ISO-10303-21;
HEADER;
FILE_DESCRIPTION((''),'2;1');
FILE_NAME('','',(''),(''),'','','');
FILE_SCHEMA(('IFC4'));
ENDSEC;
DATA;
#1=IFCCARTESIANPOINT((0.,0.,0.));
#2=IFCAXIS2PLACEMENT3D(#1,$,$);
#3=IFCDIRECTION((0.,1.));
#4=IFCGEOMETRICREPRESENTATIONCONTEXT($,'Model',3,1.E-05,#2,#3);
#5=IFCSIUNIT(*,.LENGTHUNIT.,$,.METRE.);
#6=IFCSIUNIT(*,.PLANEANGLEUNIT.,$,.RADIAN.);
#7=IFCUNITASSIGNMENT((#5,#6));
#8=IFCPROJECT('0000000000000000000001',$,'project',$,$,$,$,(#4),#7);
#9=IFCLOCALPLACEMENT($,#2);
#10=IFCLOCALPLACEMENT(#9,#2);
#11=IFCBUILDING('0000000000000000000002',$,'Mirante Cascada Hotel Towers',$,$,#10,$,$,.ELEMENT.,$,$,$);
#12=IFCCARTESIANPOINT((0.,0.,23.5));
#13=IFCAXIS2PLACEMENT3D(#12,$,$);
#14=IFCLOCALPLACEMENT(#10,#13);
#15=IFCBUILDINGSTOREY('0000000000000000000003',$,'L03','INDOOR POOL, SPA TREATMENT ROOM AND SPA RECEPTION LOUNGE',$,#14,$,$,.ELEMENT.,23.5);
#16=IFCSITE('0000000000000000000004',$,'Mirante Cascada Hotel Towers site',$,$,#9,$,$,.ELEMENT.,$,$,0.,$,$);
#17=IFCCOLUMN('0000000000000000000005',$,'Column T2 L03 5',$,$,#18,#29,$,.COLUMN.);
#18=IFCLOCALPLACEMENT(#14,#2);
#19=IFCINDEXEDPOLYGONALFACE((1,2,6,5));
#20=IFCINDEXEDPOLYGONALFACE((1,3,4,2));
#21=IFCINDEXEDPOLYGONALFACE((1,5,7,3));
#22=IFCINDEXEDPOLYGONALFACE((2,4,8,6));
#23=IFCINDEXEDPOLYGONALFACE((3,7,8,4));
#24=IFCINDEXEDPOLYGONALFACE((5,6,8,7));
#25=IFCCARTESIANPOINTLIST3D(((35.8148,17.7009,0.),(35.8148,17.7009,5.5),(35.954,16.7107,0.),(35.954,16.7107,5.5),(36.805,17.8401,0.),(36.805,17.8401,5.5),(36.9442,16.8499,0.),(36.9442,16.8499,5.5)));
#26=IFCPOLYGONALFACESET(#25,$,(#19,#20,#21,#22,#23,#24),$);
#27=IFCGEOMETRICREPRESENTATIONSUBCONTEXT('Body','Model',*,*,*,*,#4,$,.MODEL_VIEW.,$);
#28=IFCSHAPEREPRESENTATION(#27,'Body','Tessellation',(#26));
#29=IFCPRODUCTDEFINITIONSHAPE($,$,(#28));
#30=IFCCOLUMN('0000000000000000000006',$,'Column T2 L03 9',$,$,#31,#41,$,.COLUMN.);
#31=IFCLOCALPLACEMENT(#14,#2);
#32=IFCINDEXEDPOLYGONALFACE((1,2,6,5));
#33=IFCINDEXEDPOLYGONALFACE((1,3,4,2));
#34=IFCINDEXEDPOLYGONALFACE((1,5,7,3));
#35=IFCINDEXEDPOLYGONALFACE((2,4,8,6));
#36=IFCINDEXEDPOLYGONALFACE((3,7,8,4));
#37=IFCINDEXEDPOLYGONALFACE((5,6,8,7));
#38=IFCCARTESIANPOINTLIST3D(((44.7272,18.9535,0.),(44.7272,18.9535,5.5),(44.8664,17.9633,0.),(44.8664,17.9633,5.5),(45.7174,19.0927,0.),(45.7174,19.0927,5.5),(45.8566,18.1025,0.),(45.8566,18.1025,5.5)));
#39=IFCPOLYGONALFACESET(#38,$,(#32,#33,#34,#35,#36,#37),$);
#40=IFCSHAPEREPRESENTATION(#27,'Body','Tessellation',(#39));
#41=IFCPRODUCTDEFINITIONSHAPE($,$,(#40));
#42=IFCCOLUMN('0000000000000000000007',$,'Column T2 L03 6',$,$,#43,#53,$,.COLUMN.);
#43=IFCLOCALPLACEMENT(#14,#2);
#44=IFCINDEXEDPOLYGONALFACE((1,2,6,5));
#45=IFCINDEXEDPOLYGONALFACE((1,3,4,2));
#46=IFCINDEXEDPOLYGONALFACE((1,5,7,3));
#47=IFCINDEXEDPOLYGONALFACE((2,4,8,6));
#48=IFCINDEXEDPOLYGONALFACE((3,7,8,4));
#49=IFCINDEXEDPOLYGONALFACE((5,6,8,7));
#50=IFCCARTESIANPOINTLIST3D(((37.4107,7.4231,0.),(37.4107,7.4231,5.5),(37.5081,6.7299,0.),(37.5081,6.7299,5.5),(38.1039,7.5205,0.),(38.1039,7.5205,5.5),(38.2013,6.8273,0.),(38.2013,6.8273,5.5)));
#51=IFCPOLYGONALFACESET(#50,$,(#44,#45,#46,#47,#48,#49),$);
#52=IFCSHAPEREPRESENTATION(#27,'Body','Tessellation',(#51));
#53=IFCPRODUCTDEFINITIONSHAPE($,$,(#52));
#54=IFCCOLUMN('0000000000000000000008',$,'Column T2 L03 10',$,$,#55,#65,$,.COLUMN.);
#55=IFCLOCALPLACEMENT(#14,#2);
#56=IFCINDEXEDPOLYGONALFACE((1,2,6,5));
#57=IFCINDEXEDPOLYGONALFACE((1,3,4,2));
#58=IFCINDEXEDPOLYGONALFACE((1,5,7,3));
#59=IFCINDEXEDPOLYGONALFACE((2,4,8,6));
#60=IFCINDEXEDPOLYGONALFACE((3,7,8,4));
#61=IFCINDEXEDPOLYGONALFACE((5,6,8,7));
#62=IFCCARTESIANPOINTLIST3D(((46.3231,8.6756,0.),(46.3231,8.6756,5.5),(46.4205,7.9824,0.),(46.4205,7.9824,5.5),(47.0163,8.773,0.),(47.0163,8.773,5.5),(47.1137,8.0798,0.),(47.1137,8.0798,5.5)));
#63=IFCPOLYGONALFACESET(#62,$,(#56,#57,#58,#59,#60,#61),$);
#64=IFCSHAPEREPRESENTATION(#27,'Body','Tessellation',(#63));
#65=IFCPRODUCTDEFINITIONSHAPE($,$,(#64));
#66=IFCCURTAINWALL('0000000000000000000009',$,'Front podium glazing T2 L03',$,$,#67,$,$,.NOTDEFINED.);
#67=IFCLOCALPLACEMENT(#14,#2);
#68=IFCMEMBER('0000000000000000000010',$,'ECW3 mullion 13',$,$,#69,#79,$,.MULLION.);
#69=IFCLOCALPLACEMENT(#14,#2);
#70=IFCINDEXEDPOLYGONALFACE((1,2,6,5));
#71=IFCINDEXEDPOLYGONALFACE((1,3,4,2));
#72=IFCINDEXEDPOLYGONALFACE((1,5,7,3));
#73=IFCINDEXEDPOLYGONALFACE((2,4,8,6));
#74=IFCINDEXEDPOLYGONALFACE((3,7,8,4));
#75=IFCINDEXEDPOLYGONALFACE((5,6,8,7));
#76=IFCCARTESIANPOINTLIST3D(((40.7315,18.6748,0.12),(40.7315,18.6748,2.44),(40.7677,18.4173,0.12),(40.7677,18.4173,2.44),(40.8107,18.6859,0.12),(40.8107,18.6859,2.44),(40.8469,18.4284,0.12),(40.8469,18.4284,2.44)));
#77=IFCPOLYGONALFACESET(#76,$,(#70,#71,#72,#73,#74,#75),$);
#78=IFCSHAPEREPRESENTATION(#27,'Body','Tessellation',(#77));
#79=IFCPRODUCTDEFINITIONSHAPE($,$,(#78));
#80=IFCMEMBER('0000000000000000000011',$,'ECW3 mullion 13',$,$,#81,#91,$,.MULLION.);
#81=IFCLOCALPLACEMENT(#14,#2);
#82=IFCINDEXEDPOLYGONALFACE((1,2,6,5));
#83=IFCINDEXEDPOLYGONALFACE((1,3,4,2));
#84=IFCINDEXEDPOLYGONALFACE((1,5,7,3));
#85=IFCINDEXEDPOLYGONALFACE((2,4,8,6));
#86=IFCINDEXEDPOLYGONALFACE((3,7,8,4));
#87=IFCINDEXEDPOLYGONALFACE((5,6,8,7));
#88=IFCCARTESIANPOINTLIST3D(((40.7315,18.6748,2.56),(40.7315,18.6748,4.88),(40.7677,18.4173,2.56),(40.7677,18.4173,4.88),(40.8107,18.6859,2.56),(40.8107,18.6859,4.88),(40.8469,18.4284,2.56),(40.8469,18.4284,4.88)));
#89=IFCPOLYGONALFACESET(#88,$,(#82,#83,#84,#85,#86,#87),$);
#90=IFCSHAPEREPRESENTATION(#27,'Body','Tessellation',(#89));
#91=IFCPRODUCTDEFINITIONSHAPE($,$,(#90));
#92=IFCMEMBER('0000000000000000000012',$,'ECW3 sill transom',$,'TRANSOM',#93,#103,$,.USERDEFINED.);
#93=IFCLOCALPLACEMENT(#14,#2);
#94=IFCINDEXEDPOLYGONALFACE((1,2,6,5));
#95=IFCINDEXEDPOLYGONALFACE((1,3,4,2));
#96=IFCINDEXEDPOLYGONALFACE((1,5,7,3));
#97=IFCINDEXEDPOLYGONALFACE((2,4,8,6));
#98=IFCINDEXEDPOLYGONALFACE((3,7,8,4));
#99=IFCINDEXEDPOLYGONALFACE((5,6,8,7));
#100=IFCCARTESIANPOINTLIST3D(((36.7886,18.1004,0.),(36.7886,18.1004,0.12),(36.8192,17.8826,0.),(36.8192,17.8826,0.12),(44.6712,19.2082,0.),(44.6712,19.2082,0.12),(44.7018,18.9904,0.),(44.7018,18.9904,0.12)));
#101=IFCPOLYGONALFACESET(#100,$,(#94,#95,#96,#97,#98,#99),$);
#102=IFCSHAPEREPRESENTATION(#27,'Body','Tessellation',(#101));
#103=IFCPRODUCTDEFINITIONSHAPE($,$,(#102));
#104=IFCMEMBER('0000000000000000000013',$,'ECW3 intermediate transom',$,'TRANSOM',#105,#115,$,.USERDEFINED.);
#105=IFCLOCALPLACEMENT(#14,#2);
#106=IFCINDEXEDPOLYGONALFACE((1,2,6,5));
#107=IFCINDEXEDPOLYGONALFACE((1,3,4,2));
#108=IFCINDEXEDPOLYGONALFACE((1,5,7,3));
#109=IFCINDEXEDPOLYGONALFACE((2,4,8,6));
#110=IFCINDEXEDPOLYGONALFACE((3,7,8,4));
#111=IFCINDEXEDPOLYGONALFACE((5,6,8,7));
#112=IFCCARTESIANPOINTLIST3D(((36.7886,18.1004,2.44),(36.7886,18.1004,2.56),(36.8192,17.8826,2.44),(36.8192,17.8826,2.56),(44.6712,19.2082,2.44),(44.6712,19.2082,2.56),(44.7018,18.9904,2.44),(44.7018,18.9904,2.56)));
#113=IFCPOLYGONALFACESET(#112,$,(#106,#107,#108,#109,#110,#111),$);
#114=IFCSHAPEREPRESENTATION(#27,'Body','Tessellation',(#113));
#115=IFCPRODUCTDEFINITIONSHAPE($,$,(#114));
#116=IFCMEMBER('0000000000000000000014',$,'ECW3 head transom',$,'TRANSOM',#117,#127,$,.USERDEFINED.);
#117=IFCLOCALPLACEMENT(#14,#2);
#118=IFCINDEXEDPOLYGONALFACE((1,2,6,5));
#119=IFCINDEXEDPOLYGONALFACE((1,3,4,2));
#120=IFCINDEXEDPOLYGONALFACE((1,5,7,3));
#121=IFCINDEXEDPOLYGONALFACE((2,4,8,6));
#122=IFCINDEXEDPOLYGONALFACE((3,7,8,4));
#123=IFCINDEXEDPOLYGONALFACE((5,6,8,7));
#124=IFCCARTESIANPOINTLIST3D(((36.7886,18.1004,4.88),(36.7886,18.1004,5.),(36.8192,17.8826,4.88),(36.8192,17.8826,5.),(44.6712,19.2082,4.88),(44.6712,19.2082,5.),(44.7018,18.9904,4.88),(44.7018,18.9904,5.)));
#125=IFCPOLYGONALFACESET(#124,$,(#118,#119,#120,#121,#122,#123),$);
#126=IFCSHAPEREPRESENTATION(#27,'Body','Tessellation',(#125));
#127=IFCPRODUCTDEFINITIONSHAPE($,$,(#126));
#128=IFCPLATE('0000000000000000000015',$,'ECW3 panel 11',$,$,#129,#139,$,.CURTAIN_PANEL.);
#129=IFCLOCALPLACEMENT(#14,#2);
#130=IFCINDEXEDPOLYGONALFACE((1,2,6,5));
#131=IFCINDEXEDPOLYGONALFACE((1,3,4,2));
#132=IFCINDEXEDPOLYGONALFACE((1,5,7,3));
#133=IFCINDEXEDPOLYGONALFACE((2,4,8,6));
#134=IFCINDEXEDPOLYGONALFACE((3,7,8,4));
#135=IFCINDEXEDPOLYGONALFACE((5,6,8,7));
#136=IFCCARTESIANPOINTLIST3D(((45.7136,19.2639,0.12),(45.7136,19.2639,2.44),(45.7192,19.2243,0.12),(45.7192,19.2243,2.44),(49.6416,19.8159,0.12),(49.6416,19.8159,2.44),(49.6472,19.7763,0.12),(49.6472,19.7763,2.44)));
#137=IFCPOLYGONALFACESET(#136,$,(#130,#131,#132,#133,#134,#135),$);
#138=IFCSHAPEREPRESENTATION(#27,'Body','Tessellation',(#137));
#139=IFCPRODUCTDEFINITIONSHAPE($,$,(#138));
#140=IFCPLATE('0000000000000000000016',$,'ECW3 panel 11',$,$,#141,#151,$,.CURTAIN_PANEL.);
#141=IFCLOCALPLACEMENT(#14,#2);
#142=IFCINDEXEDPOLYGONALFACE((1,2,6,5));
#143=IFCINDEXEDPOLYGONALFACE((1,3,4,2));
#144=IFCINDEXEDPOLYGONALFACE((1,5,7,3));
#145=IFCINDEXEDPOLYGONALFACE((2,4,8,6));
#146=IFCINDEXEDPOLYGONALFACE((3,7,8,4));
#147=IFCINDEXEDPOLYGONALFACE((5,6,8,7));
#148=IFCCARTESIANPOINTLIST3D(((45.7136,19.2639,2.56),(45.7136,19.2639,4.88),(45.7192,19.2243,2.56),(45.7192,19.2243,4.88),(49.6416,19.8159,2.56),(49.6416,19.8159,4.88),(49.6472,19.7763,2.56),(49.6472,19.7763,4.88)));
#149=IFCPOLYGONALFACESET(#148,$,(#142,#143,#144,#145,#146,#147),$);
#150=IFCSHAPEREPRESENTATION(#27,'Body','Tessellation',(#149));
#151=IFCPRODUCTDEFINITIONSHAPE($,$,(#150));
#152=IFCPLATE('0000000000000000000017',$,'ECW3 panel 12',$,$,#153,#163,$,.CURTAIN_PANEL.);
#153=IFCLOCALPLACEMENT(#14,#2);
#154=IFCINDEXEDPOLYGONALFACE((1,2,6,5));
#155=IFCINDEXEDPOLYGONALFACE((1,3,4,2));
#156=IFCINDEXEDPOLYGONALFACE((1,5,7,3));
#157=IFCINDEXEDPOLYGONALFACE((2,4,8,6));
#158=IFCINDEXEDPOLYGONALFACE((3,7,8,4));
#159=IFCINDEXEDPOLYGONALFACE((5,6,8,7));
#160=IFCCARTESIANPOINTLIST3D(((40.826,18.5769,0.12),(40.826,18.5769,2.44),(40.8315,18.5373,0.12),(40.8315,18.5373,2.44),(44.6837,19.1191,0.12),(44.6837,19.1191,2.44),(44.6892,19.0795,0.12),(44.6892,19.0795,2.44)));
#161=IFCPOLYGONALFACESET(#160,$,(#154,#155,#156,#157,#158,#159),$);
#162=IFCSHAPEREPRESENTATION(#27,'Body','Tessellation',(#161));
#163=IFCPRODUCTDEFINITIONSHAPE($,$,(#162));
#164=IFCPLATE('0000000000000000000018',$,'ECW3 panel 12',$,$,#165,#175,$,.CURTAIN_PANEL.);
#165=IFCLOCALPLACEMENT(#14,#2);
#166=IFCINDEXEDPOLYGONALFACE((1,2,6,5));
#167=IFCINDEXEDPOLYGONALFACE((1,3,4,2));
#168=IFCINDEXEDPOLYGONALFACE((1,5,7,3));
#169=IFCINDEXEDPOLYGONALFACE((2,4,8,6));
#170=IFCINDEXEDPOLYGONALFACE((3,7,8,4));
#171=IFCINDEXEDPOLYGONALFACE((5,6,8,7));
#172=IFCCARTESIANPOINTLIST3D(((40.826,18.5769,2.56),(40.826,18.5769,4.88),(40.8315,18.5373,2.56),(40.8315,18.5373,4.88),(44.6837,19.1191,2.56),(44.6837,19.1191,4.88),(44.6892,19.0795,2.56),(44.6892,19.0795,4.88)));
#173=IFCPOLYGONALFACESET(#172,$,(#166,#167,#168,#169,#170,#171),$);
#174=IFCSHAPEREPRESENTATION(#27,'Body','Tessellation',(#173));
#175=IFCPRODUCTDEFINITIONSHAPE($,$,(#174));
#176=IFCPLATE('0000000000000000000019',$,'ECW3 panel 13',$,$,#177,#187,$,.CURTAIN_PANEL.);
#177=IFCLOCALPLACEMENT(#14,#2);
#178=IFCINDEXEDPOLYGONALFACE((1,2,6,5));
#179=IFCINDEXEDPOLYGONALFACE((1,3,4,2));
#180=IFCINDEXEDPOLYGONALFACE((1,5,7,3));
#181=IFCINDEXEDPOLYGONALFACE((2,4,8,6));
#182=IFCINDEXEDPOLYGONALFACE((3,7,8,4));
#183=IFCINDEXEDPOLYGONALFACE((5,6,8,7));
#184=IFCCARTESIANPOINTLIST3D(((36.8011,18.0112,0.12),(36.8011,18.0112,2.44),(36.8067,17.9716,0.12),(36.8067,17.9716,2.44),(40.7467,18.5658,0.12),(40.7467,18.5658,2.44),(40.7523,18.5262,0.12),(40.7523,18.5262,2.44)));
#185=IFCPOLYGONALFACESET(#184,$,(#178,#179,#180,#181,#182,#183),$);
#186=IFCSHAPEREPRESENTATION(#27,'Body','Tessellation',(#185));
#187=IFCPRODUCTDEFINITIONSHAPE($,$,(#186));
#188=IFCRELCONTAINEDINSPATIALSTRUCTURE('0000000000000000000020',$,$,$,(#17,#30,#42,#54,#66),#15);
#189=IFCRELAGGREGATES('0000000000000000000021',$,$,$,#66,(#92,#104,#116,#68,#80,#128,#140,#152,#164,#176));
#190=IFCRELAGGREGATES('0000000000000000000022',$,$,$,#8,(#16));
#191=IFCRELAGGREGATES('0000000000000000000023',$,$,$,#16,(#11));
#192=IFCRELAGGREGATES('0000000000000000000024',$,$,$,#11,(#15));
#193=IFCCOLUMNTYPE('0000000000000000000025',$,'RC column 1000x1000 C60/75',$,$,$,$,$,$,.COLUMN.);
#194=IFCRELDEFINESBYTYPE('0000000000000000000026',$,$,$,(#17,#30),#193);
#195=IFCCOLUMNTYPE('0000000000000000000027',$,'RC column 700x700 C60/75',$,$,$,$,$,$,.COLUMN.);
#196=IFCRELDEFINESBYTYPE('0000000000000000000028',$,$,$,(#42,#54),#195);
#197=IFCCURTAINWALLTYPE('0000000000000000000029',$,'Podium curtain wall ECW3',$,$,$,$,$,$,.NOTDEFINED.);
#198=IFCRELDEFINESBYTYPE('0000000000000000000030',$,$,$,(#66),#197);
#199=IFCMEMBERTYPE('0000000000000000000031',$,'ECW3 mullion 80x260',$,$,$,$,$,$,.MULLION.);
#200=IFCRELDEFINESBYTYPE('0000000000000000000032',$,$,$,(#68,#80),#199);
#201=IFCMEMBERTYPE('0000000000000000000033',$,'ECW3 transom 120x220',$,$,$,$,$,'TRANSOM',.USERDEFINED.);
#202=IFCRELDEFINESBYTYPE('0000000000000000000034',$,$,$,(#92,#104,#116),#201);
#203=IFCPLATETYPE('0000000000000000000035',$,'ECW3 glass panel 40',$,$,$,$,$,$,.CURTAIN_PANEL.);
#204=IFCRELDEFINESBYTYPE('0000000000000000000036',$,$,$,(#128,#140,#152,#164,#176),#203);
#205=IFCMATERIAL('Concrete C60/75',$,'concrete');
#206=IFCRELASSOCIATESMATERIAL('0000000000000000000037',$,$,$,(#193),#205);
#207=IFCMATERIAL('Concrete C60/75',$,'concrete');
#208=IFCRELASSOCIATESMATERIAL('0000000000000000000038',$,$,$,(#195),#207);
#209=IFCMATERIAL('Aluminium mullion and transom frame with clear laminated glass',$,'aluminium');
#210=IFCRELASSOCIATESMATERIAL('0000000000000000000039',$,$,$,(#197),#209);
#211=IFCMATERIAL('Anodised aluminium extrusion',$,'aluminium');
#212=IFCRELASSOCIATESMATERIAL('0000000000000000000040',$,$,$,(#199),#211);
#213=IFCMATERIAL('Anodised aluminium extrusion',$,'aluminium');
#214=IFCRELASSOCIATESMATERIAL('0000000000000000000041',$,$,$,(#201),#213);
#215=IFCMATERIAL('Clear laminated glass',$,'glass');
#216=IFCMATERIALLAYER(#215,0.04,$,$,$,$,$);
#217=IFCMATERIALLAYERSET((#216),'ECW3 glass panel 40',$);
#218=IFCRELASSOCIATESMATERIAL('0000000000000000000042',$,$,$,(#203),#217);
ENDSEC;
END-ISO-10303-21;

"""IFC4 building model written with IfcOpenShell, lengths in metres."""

from ifc_helpers import new_model, si_unit, direction, frame, origin, origin_2d, place, context, subcontext, project, spatial, rectangle, extrude, material, layer, layer_set, material_profile, profile_set, type_object, element, aggregate, save


model = new_model("IFC4")

# Units and contexts
model_context = context("Model", 3, precision=1e-05, world=origin(), true_north=direction((0.0, 1.0)))
body_context = subcontext(model_context, "Body", "Model", "MODEL_VIEW")
ifc_project = project(units=[si_unit("LENGTHUNIT", "METRE"), si_unit("PLANEANGLEUNIT", "RADIAN")], contexts=[model_context])

# Site, building, storey
site_placement = place(None, origin())
site = spatial("IfcSite", under=ifc_project, at=site_placement, Name="Mirante Cascada Hotel Towers site", CompositionType="ELEMENT", RefElevation=0.0)
building_placement = place(site_placement, origin())
building = spatial("IfcBuilding", under=site, at=building_placement, Name="Mirante Cascada Hotel Towers", CompositionType="ELEMENT")
storey_placement = place(building_placement, frame((0.0, 0.0, 23.5)))
storey = spatial("IfcBuildingStorey", under=building, at=storey_placement, Name="L03", Description="INDOOR POOL, SPA TREATMENT ROOM AND SPA RECEPTION LOUNGE", CompositionType="ELEMENT", Elevation=23.5)

# Columns
ifc_material_1 = material(Name="Concrete C60/75", Category="concrete")
ifc_material_profile_1 = material_profile(ifc_material_1, rectangle(XDim=1.0, YDim=1.0, at=origin_2d()), Name="RC column 1000x1000 C60/75")
ifc_profile_set_1 = profile_set([ifc_material_profile_1], Name="Concrete C60/75")
column_type_1 = type_object("IfcColumnType", Name="RC column 1000x1000 C60/75", PredefinedType="COLUMN", material=ifc_profile_set_1)
for number, where, z_axis, x_axis, name in (
    (1, (36.3795, 17.2754, 0.0), (0.0, 0.0, 1.0), (0.990268, 0.139173, 0.0), "Column T2 L03 5"),
    (2, (45.2919, 18.528, 0.0), (0.0, 0.0, 1.0), (0.990268, 0.139173, 0.0), "Column T2 L03 9"),
):
    element("IfcColumn", number, at=place(storey_placement, frame(where, z_axis=z_axis, x_axis=x_axis)), inside=storey, type_object=column_type_1, Name=name, PredefinedType="COLUMN", context=body_context, shape_type="SweptSolid", body=[
        extrude(rectangle(XDim=1.0, YDim=1.0, at=origin_2d()), origin(), (0.0, 0.0, 1.0), 5.5),
    ])
ifc_material_2 = material(Name="Concrete C60/75", Category="concrete")
ifc_material_profile_2 = material_profile(ifc_material_2, rectangle(XDim=0.7, YDim=0.7, at=origin_2d()), Name="RC column 700x700 C60/75")
ifc_profile_set_2 = profile_set([ifc_material_profile_2], Name="Concrete C60/75")
column_type_2 = type_object("IfcColumnType", Name="RC column 700x700 C60/75", PredefinedType="COLUMN", material=ifc_profile_set_2)
for number, where, z_axis, x_axis, name in (
    (3, (37.806, 7.1252, 0.0), (0.0, 0.0, 1.0), (0.990268, 0.139173, 0.0), "Column T2 L03 6"),
    (4, (46.7184, 8.3777, 0.0), (0.0, 0.0, 1.0), (0.990268, 0.139173, 0.0), "Column T2 L03 10"),
):
    element("IfcColumn", number, at=place(storey_placement, frame(where, z_axis=z_axis, x_axis=x_axis)), inside=storey, type_object=column_type_2, Name=name, PredefinedType="COLUMN", context=body_context, shape_type="SweptSolid", body=[
        extrude(rectangle(XDim=0.7, YDim=0.7, at=origin_2d()), origin(), (0.0, 0.0, 1.0), 5.5),
    ])

# Curtain wall, members, plates
ifc_material_3 = material(Name="Aluminium mullion and transom frame with clear laminated glass", Category="aluminium")
curtain_wall_type = type_object("IfcCurtainWallType", Name="Podium curtain wall ECW3", PredefinedType="NOTDEFINED", material=ifc_material_3)
curtain_wall_placement = place(storey_placement, origin())
curtain_wall = element("IfcCurtainWall", 5, at=curtain_wall_placement, inside=storey, type_object=curtain_wall_type, Name="Front podium glazing T2 L03", PredefinedType="NOTDEFINED")
ifc_material_4 = material(Name="Anodised aluminium extrusion", Category="aluminium")
ifc_material_profile_3 = material_profile(ifc_material_4, rectangle(XDim=0.26, YDim=0.08, at=origin_2d()), Name="ECW3 MULLION 80x260")
ifc_profile_set_3 = profile_set([ifc_material_profile_3], Name="Anodised aluminium extrusion")
member_type_1 = type_object("IfcMemberType", Name="ECW3 mullion 80x260", PredefinedType="MULLION", material=ifc_profile_set_3)
member_1_placement = place(storey_placement, frame((40.7892, 18.5516, 0.12), z_axis=(0.0, 0.0, 1.0), x_axis=(0.139173, -0.990268, 0.0)))
member_1 = element("IfcMember", 6, at=member_1_placement, type_object=member_type_1, Name="ECW3 mullion 13", PredefinedType="MULLION", context=body_context, shape_type="SweptSolid", body=[
    extrude(rectangle(XDim=0.26, YDim=0.08, at=origin_2d()), origin(), (0.0, 0.0, 1.0), 2.32),
])
member_2_placement = place(storey_placement, frame((40.7892, 18.5516, 2.56), z_axis=(0.0, 0.0, 1.0), x_axis=(0.139173, -0.990268, 0.0)))
member_2 = element("IfcMember", 7, at=member_2_placement, type_object=member_type_1, Name="ECW3 mullion 13", PredefinedType="MULLION", context=body_context, shape_type="SweptSolid", body=[
    extrude(rectangle(XDim=0.26, YDim=0.08, at=origin_2d()), origin(), (0.0, 0.0, 1.0), 2.32),
])
ifc_material_5 = material(Name="Anodised aluminium extrusion", Category="aluminium")
ifc_material_profile_4 = material_profile(ifc_material_5, rectangle(XDim=0.22, YDim=0.12, at=origin_2d()), Name="ECW3 TRANSOM 120x220")
ifc_profile_set_4 = profile_set([ifc_material_profile_4], Name="Anodised aluminium extrusion")
member_type_2 = type_object("IfcMemberType", Name="ECW3 transom 120x220", ElementType="TRANSOM", PredefinedType="USERDEFINED", material=ifc_profile_set_4)
member_3_placement = place(storey_placement, frame((44.6865, 19.0993, 0.06), z_axis=(-0.990268, -0.13917, 0.0), x_axis=(0.13917, -0.990268, 0.0)))
member_3 = element("IfcMember", 8, at=member_3_placement, type_object=member_type_2, Name="ECW3 sill transom", ObjectType="TRANSOM", PredefinedType="USERDEFINED", context=body_context, shape_type="SweptSolid", body=[
    extrude(rectangle(XDim=0.22, YDim=0.12, at=origin_2d()), origin(), (0.0, 0.0, 1.0), 7.9601),
])
member_4_placement = place(storey_placement, frame((44.6865, 19.0993, 2.5), z_axis=(-0.990268, -0.13917, 0.0), x_axis=(0.13917, -0.990268, 0.0)))
member_4 = element("IfcMember", 9, at=member_4_placement, type_object=member_type_2, Name="ECW3 intermediate transom", ObjectType="TRANSOM", PredefinedType="USERDEFINED", context=body_context, shape_type="SweptSolid", body=[
    extrude(rectangle(XDim=0.22, YDim=0.12, at=origin_2d()), origin(), (0.0, 0.0, 1.0), 7.9601),
])
member_5_placement = place(storey_placement, frame((44.6865, 19.0993, 4.94), z_axis=(-0.990268, -0.13917, 0.0), x_axis=(0.13917, -0.990268, 0.0)))
member_5 = element("IfcMember", 10, at=member_5_placement, type_object=member_type_2, Name="ECW3 head transom", ObjectType="TRANSOM", PredefinedType="USERDEFINED", context=body_context, shape_type="SweptSolid", body=[
    extrude(rectangle(XDim=0.22, YDim=0.12, at=origin_2d()), origin(), (0.0, 0.0, 1.0), 7.9601),
])
ifc_material_6 = material(Name="Clear laminated glass", Category="glass")
ifc_layer_1 = layer(ifc_material_6, 0.04)
ifc_layer_set_1 = layer_set([ifc_layer_1], Name="ECW3 glass panel 40")
plate_type = type_object("IfcPlateType", Name="ECW3 glass panel 40", PredefinedType="CURTAIN_PANEL", material=ifc_layer_set_1)
plate_1_placement = place(storey_placement, frame((47.6804, 19.5201, 0.12), z_axis=(0.0, 0.0, 1.0), x_axis=(-0.990268, -0.139173, 0.0)))
plate_1 = element("IfcPlate", 11, at=plate_1_placement, type_object=plate_type, Name="ECW3 panel 11", PredefinedType="CURTAIN_PANEL", context=body_context, shape_type="SweptSolid", body=[
    extrude(rectangle(XDim=3.9666, YDim=0.04, at=origin_2d()), origin(), (0.0, 0.0, 1.0), 2.32),
])
plate_2_placement = place(storey_placement, frame((47.6804, 19.5201, 2.56), z_axis=(0.0, 0.0, 1.0), x_axis=(-0.990268, -0.139173, 0.0)))
plate_2 = element("IfcPlate", 12, at=plate_2_placement, type_object=plate_type, Name="ECW3 panel 11", PredefinedType="CURTAIN_PANEL", context=body_context, shape_type="SweptSolid", body=[
    extrude(rectangle(XDim=3.9666, YDim=0.04, at=origin_2d()), origin(), (0.0, 0.0, 1.0), 2.32),
])
plate_3_placement = place(storey_placement, frame((42.7576, 18.8282, 0.12), z_axis=(0.0, 0.0, 1.0), x_axis=(-0.990268, -0.139173, 0.0)))
plate_3 = element("IfcPlate", 13, at=plate_3_placement, type_object=plate_type, Name="ECW3 panel 12", PredefinedType="CURTAIN_PANEL", context=body_context, shape_type="SweptSolid", body=[
    extrude(rectangle(XDim=3.8956, YDim=0.04, at=origin_2d()), origin(), (0.0, 0.0, 1.0), 2.32),
])
plate_4_placement = place(storey_placement, frame((42.7576, 18.8282, 2.56), z_axis=(0.0, 0.0, 1.0), x_axis=(-0.990268, -0.139173, 0.0)))
plate_4 = element("IfcPlate", 14, at=plate_4_placement, type_object=plate_type, Name="ECW3 panel 12", PredefinedType="CURTAIN_PANEL", context=body_context, shape_type="SweptSolid", body=[
    extrude(rectangle(XDim=3.8956, YDim=0.04, at=origin_2d()), origin(), (0.0, 0.0, 1.0), 2.32),
])
plate_5_placement = place(storey_placement, frame((38.7767, 18.2687, 0.12), z_axis=(0.0, 0.0, 1.0), x_axis=(-0.990268, -0.139173, 0.0)))
plate_5 = element("IfcPlate", 15, at=plate_5_placement, type_object=plate_type, Name="ECW3 panel 13", PredefinedType="CURTAIN_PANEL", context=body_context, shape_type="SweptSolid", body=[
    extrude(rectangle(XDim=3.9844, YDim=0.04, at=origin_2d()), origin(), (0.0, 0.0, 1.0), 2.32),
])
aggregate(curtain_wall, [member_3, member_4, member_5, member_1, member_2, plate_1, plate_2, plate_3, plate_4, plate_5])

save(model, "model.ifc")
